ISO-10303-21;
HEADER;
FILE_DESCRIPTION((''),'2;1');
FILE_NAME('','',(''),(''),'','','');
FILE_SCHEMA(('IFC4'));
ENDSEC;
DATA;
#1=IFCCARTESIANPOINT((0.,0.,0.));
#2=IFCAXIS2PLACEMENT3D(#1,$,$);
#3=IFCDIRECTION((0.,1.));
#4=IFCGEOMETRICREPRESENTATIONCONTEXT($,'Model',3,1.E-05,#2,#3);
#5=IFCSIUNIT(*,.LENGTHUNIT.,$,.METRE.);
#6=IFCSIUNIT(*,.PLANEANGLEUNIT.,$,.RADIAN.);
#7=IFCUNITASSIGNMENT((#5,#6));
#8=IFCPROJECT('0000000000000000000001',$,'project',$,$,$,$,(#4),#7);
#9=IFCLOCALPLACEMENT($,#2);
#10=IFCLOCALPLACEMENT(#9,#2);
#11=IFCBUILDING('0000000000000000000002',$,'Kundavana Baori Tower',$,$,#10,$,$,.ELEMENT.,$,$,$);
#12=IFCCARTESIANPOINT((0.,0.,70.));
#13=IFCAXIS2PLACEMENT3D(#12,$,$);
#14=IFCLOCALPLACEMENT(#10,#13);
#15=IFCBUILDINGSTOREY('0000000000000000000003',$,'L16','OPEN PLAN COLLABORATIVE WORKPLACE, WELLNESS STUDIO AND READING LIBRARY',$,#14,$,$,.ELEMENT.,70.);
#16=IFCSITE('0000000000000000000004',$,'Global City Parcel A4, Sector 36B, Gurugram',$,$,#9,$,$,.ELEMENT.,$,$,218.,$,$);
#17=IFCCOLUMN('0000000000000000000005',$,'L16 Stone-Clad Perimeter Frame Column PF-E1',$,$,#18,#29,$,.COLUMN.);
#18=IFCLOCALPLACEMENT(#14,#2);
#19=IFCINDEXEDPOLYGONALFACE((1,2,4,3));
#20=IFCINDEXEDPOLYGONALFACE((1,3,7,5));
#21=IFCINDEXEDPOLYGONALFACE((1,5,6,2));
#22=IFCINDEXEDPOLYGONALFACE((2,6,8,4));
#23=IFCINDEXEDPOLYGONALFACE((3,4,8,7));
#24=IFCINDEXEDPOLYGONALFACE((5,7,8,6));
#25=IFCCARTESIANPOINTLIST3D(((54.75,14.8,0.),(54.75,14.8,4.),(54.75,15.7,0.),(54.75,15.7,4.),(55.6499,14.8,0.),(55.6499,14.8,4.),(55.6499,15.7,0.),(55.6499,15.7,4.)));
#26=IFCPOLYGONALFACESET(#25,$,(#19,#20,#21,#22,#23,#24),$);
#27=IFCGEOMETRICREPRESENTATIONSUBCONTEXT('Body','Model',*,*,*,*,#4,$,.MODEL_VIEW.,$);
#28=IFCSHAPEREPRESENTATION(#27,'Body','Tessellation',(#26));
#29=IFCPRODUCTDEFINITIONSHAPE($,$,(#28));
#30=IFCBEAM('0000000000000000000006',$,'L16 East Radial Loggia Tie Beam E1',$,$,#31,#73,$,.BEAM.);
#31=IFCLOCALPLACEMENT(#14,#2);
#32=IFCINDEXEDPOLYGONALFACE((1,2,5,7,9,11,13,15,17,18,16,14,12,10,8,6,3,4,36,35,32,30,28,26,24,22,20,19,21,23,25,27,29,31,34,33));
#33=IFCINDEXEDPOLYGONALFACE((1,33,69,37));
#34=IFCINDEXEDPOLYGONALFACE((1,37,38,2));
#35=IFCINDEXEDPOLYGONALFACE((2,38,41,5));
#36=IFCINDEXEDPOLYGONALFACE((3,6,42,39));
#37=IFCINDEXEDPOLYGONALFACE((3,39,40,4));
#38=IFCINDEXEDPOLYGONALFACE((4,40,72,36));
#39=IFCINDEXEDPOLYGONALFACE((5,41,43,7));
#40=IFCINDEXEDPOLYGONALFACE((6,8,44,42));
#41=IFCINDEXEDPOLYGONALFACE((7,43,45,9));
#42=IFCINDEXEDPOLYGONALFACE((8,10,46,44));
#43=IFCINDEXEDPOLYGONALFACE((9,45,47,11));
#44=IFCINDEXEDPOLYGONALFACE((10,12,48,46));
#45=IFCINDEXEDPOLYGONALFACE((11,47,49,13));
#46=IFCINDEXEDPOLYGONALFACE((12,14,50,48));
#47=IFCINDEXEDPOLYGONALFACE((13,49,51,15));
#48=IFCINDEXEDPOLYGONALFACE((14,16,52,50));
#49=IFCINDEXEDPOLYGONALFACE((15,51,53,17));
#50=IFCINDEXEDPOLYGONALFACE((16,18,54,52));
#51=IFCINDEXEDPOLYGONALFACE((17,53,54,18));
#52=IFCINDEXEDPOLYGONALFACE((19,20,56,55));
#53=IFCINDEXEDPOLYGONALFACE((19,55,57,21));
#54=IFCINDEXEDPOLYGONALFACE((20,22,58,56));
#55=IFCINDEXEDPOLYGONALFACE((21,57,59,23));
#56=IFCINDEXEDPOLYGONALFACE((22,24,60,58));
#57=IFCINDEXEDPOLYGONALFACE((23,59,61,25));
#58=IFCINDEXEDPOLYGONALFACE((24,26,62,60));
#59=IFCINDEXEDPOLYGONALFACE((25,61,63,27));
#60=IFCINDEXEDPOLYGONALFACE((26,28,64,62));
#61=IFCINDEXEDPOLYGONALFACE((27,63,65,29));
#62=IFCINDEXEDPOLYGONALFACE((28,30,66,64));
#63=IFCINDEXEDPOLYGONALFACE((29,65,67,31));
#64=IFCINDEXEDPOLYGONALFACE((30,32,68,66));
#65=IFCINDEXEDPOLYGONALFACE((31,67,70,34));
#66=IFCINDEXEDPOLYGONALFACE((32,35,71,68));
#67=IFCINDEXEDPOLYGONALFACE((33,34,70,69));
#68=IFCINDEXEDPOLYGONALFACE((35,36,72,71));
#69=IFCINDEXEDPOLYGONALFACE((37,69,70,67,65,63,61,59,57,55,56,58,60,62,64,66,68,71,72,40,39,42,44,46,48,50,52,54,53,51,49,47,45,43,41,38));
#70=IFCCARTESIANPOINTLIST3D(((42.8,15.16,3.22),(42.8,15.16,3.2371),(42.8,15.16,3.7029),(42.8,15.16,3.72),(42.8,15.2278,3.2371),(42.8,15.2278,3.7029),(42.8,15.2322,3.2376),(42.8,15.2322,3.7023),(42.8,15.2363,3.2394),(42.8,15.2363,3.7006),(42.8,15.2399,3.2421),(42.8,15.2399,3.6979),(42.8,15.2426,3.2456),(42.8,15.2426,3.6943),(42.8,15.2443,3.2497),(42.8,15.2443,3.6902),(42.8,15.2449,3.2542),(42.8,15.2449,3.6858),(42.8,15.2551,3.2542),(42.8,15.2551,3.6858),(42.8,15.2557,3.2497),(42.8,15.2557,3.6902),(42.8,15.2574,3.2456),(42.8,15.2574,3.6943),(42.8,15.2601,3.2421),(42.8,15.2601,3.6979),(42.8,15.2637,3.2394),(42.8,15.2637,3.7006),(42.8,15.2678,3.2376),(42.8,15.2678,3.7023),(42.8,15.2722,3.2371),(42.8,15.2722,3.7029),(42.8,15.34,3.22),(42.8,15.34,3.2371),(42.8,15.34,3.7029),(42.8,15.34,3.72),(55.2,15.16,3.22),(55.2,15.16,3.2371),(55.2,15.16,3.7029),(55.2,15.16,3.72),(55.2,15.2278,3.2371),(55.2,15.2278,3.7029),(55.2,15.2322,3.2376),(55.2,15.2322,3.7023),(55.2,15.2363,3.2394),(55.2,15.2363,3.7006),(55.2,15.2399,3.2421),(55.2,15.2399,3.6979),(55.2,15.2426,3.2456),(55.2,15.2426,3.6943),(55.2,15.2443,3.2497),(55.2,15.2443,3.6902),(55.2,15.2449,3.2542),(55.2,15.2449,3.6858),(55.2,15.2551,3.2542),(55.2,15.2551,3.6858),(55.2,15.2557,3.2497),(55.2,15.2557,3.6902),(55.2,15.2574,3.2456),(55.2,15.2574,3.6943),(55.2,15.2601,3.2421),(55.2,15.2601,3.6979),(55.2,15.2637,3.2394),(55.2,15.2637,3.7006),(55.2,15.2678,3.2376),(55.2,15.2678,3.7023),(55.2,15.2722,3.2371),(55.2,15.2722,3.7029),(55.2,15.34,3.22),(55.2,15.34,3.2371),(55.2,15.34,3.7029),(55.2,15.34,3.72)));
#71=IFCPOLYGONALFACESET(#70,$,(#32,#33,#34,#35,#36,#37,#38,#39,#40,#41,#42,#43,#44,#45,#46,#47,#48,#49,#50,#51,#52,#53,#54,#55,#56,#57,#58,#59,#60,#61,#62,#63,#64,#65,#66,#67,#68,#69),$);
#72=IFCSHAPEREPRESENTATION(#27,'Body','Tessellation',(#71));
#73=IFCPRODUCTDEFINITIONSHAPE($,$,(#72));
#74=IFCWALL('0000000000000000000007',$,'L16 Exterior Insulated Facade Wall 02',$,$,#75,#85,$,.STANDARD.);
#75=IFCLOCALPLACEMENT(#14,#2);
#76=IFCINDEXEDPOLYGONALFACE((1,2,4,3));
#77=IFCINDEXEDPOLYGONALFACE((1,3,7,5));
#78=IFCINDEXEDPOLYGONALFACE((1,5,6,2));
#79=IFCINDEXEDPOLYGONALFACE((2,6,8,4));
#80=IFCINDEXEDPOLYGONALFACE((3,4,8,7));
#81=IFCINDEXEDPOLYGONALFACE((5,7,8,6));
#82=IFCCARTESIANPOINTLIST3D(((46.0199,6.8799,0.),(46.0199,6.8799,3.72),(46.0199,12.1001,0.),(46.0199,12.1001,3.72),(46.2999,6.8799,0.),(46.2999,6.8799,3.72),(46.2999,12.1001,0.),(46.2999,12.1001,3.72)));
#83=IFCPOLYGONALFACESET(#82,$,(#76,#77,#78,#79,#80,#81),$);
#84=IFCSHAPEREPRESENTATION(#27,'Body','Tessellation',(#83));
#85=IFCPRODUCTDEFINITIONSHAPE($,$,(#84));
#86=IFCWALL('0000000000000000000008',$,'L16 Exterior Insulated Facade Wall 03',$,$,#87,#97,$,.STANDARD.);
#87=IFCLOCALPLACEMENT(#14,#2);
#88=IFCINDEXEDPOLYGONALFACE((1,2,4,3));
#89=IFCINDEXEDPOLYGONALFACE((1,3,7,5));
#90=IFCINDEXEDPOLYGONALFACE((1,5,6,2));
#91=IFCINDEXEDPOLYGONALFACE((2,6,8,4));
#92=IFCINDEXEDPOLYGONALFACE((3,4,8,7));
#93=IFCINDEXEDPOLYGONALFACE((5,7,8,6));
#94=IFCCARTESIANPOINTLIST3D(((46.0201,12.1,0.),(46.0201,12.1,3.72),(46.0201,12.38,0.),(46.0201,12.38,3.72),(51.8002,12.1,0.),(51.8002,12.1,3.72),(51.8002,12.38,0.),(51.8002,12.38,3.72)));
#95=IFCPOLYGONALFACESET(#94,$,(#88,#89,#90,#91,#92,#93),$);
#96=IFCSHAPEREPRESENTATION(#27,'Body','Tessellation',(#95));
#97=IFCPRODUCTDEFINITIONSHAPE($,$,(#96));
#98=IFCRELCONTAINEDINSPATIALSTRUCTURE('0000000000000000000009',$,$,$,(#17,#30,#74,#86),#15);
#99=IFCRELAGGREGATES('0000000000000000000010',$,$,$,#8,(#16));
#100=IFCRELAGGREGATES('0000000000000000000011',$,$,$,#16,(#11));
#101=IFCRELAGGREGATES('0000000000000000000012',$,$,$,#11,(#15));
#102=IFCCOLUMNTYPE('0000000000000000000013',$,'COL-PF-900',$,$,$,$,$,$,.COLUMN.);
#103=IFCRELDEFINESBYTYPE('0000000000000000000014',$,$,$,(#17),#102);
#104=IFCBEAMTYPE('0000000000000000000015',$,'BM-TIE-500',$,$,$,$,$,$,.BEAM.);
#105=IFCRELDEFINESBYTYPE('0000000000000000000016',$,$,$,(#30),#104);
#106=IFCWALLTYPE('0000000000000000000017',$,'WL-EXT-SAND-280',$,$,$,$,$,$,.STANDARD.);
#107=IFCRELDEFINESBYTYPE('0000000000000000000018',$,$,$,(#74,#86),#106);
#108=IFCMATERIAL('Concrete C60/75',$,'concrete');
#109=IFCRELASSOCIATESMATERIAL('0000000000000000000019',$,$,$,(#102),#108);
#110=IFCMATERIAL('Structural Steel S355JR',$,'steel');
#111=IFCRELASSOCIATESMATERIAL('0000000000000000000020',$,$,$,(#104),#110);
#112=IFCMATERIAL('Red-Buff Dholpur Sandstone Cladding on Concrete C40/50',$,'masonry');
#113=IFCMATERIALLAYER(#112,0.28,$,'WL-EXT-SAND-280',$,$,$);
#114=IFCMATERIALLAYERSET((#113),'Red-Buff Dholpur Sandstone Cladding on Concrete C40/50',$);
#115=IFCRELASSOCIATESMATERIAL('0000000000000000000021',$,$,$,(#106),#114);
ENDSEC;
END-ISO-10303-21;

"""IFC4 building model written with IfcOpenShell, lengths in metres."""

from ifc_helpers import new_model, si_unit, direction, frame, frame_2d, origin, origin_2d, place, context, subcontext, project, spatial, rectangle, i_section, extrude, material, layer, layer_set, material_profile, profile_set, type_object, element, save


model = new_model("IFC4")

# Units and contexts
model_context = context("Model", 3, precision=1e-05, world=origin(), true_north=direction((0.0, 1.0)))
body_context = subcontext(model_context, "Body", "Model", "MODEL_VIEW")
ifc_project = project(units=[si_unit("LENGTHUNIT", "METRE"), si_unit("PLANEANGLEUNIT", "RADIAN")], contexts=[model_context])

# Site, building, storey
site_placement = place(None, origin())
site = spatial("IfcSite", under=ifc_project, at=site_placement, Name="Global City Parcel A4, Sector 36B, Gurugram", CompositionType="ELEMENT", RefElevation=218.0)
building_placement = place(site_placement, origin())
building = spatial("IfcBuilding", under=site, at=building_placement, Name="Kundavana Baori Tower", CompositionType="ELEMENT")
storey_placement = place(building_placement, frame((0.0, 0.0, 70.0)))
storey = spatial("IfcBuildingStorey", under=building, at=storey_placement, Name="L16", Description="OPEN PLAN COLLABORATIVE WORKPLACE, WELLNESS STUDIO AND READING LIBRARY", CompositionType="ELEMENT", Elevation=70.0)

# Column
ifc_material_1 = material(Name="Concrete C60/75", Category="concrete")
ifc_material_profile_1 = material_profile(ifc_material_1, rectangle(XDim=0.8999, YDim=0.8999, at=origin_2d()), Name="RC PF 900x900")
ifc_profile_set_1 = profile_set([ifc_material_profile_1], Name="Concrete C60/75")
column_type = type_object("IfcColumnType", Name="COL-PF-900", PredefinedType="COLUMN", material=ifc_profile_set_1)
column_placement = place(storey_placement, frame((55.2, 15.25, 0.0), z_axis=(0.0, 0.0, 1.0), x_axis=(1.0, 0.0, 0.0)))
element("IfcColumn", 1, at=column_placement, inside=storey, type_object=column_type, Name="L16 Stone-Clad Perimeter Frame Column PF-E1", PredefinedType="COLUMN", context=body_context, shape_type="SweptSolid", body=[
    extrude(rectangle(XDim=0.8999, YDim=0.8999, at=origin_2d()), origin(), (0.0, 0.0, 1.0), 4.0),
])

# Beam
ifc_material_2 = material(Name="Structural Steel S355JR", Category="steel")
ifc_material_profile_2 = material_profile(ifc_material_2, i_section(OverallWidth=0.1799, OverallDepth=0.5, WebThickness=0.0103, FlangeThickness=0.0171, FilletRadius=0.0171, at=origin_2d()), Name="ISMB 500")
ifc_profile_set_2 = profile_set([ifc_material_profile_2], Name="Structural Steel S355JR")
beam_type = type_object("IfcBeamType", Name="BM-TIE-500", PredefinedType="BEAM", material=ifc_profile_set_2)
beam_placement = place(storey_placement, frame((42.8, 15.25, 3.47), z_axis=(1.0, 0.0, 0.0), x_axis=(0.0, 1.0, 0.0)))
element("IfcBeam", 2, at=beam_placement, inside=storey, type_object=beam_type, Name="L16 East Radial Loggia Tie Beam E1", PredefinedType="BEAM", context=body_context, shape_type="SweptSolid", body=[
    extrude(i_section(OverallWidth=0.1799, OverallDepth=0.5, WebThickness=0.0103, FlangeThickness=0.0171, FilletRadius=0.0171, at=origin_2d()), origin(), (0.0, 0.0, 1.0), 12.3999),
])

# Walls
ifc_material_3 = material(Name="Red-Buff Dholpur Sandstone Cladding on Concrete C40/50", Category="masonry")
ifc_layer_1 = layer(ifc_material_3, 0.28, Name="WL-EXT-SAND-280")
ifc_layer_set_1 = layer_set([ifc_layer_1], Name="Red-Buff Dholpur Sandstone Cladding on Concrete C40/50")
wall_type_1 = type_object("IfcWallType", Name="WL-EXT-SAND-280", PredefinedType="STANDARD", material=ifc_layer_set_1)
wall_1_placement = place(storey_placement, frame((46.1599, 6.8799, 0.0), z_axis=(0.0, 0.0, 1.0), x_axis=(0.0, 1.0, 0.0)))
element("IfcWall", 3, at=wall_1_placement, inside=storey, type_object=wall_type_1, Name="L16 Exterior Insulated Facade Wall 02", PredefinedType="STANDARD", context=body_context, shape_type="SweptSolid", body=[
    extrude(rectangle(XDim=5.2202, YDim=0.28, at=frame_2d((2.6101, 0.0))), origin(), (0.0, 0.0, 1.0), 3.72),
])
wall_2_placement = place(storey_placement, frame((46.02, 12.24, 0.0), z_axis=(0.0, 0.0, 1.0), x_axis=(1.0, 0.0, 0.0)))
element("IfcWall", 4, at=wall_2_placement, inside=storey, type_object=wall_type_1, Name="L16 Exterior Insulated Facade Wall 03", PredefinedType="STANDARD", context=body_context, shape_type="SweptSolid", body=[
    extrude(rectangle(XDim=5.78, YDim=0.28, at=frame_2d((2.8901, 0.0))), origin(), (0.0, 0.0, 1.0), 3.72),
])

save(model, "model.ifc")
